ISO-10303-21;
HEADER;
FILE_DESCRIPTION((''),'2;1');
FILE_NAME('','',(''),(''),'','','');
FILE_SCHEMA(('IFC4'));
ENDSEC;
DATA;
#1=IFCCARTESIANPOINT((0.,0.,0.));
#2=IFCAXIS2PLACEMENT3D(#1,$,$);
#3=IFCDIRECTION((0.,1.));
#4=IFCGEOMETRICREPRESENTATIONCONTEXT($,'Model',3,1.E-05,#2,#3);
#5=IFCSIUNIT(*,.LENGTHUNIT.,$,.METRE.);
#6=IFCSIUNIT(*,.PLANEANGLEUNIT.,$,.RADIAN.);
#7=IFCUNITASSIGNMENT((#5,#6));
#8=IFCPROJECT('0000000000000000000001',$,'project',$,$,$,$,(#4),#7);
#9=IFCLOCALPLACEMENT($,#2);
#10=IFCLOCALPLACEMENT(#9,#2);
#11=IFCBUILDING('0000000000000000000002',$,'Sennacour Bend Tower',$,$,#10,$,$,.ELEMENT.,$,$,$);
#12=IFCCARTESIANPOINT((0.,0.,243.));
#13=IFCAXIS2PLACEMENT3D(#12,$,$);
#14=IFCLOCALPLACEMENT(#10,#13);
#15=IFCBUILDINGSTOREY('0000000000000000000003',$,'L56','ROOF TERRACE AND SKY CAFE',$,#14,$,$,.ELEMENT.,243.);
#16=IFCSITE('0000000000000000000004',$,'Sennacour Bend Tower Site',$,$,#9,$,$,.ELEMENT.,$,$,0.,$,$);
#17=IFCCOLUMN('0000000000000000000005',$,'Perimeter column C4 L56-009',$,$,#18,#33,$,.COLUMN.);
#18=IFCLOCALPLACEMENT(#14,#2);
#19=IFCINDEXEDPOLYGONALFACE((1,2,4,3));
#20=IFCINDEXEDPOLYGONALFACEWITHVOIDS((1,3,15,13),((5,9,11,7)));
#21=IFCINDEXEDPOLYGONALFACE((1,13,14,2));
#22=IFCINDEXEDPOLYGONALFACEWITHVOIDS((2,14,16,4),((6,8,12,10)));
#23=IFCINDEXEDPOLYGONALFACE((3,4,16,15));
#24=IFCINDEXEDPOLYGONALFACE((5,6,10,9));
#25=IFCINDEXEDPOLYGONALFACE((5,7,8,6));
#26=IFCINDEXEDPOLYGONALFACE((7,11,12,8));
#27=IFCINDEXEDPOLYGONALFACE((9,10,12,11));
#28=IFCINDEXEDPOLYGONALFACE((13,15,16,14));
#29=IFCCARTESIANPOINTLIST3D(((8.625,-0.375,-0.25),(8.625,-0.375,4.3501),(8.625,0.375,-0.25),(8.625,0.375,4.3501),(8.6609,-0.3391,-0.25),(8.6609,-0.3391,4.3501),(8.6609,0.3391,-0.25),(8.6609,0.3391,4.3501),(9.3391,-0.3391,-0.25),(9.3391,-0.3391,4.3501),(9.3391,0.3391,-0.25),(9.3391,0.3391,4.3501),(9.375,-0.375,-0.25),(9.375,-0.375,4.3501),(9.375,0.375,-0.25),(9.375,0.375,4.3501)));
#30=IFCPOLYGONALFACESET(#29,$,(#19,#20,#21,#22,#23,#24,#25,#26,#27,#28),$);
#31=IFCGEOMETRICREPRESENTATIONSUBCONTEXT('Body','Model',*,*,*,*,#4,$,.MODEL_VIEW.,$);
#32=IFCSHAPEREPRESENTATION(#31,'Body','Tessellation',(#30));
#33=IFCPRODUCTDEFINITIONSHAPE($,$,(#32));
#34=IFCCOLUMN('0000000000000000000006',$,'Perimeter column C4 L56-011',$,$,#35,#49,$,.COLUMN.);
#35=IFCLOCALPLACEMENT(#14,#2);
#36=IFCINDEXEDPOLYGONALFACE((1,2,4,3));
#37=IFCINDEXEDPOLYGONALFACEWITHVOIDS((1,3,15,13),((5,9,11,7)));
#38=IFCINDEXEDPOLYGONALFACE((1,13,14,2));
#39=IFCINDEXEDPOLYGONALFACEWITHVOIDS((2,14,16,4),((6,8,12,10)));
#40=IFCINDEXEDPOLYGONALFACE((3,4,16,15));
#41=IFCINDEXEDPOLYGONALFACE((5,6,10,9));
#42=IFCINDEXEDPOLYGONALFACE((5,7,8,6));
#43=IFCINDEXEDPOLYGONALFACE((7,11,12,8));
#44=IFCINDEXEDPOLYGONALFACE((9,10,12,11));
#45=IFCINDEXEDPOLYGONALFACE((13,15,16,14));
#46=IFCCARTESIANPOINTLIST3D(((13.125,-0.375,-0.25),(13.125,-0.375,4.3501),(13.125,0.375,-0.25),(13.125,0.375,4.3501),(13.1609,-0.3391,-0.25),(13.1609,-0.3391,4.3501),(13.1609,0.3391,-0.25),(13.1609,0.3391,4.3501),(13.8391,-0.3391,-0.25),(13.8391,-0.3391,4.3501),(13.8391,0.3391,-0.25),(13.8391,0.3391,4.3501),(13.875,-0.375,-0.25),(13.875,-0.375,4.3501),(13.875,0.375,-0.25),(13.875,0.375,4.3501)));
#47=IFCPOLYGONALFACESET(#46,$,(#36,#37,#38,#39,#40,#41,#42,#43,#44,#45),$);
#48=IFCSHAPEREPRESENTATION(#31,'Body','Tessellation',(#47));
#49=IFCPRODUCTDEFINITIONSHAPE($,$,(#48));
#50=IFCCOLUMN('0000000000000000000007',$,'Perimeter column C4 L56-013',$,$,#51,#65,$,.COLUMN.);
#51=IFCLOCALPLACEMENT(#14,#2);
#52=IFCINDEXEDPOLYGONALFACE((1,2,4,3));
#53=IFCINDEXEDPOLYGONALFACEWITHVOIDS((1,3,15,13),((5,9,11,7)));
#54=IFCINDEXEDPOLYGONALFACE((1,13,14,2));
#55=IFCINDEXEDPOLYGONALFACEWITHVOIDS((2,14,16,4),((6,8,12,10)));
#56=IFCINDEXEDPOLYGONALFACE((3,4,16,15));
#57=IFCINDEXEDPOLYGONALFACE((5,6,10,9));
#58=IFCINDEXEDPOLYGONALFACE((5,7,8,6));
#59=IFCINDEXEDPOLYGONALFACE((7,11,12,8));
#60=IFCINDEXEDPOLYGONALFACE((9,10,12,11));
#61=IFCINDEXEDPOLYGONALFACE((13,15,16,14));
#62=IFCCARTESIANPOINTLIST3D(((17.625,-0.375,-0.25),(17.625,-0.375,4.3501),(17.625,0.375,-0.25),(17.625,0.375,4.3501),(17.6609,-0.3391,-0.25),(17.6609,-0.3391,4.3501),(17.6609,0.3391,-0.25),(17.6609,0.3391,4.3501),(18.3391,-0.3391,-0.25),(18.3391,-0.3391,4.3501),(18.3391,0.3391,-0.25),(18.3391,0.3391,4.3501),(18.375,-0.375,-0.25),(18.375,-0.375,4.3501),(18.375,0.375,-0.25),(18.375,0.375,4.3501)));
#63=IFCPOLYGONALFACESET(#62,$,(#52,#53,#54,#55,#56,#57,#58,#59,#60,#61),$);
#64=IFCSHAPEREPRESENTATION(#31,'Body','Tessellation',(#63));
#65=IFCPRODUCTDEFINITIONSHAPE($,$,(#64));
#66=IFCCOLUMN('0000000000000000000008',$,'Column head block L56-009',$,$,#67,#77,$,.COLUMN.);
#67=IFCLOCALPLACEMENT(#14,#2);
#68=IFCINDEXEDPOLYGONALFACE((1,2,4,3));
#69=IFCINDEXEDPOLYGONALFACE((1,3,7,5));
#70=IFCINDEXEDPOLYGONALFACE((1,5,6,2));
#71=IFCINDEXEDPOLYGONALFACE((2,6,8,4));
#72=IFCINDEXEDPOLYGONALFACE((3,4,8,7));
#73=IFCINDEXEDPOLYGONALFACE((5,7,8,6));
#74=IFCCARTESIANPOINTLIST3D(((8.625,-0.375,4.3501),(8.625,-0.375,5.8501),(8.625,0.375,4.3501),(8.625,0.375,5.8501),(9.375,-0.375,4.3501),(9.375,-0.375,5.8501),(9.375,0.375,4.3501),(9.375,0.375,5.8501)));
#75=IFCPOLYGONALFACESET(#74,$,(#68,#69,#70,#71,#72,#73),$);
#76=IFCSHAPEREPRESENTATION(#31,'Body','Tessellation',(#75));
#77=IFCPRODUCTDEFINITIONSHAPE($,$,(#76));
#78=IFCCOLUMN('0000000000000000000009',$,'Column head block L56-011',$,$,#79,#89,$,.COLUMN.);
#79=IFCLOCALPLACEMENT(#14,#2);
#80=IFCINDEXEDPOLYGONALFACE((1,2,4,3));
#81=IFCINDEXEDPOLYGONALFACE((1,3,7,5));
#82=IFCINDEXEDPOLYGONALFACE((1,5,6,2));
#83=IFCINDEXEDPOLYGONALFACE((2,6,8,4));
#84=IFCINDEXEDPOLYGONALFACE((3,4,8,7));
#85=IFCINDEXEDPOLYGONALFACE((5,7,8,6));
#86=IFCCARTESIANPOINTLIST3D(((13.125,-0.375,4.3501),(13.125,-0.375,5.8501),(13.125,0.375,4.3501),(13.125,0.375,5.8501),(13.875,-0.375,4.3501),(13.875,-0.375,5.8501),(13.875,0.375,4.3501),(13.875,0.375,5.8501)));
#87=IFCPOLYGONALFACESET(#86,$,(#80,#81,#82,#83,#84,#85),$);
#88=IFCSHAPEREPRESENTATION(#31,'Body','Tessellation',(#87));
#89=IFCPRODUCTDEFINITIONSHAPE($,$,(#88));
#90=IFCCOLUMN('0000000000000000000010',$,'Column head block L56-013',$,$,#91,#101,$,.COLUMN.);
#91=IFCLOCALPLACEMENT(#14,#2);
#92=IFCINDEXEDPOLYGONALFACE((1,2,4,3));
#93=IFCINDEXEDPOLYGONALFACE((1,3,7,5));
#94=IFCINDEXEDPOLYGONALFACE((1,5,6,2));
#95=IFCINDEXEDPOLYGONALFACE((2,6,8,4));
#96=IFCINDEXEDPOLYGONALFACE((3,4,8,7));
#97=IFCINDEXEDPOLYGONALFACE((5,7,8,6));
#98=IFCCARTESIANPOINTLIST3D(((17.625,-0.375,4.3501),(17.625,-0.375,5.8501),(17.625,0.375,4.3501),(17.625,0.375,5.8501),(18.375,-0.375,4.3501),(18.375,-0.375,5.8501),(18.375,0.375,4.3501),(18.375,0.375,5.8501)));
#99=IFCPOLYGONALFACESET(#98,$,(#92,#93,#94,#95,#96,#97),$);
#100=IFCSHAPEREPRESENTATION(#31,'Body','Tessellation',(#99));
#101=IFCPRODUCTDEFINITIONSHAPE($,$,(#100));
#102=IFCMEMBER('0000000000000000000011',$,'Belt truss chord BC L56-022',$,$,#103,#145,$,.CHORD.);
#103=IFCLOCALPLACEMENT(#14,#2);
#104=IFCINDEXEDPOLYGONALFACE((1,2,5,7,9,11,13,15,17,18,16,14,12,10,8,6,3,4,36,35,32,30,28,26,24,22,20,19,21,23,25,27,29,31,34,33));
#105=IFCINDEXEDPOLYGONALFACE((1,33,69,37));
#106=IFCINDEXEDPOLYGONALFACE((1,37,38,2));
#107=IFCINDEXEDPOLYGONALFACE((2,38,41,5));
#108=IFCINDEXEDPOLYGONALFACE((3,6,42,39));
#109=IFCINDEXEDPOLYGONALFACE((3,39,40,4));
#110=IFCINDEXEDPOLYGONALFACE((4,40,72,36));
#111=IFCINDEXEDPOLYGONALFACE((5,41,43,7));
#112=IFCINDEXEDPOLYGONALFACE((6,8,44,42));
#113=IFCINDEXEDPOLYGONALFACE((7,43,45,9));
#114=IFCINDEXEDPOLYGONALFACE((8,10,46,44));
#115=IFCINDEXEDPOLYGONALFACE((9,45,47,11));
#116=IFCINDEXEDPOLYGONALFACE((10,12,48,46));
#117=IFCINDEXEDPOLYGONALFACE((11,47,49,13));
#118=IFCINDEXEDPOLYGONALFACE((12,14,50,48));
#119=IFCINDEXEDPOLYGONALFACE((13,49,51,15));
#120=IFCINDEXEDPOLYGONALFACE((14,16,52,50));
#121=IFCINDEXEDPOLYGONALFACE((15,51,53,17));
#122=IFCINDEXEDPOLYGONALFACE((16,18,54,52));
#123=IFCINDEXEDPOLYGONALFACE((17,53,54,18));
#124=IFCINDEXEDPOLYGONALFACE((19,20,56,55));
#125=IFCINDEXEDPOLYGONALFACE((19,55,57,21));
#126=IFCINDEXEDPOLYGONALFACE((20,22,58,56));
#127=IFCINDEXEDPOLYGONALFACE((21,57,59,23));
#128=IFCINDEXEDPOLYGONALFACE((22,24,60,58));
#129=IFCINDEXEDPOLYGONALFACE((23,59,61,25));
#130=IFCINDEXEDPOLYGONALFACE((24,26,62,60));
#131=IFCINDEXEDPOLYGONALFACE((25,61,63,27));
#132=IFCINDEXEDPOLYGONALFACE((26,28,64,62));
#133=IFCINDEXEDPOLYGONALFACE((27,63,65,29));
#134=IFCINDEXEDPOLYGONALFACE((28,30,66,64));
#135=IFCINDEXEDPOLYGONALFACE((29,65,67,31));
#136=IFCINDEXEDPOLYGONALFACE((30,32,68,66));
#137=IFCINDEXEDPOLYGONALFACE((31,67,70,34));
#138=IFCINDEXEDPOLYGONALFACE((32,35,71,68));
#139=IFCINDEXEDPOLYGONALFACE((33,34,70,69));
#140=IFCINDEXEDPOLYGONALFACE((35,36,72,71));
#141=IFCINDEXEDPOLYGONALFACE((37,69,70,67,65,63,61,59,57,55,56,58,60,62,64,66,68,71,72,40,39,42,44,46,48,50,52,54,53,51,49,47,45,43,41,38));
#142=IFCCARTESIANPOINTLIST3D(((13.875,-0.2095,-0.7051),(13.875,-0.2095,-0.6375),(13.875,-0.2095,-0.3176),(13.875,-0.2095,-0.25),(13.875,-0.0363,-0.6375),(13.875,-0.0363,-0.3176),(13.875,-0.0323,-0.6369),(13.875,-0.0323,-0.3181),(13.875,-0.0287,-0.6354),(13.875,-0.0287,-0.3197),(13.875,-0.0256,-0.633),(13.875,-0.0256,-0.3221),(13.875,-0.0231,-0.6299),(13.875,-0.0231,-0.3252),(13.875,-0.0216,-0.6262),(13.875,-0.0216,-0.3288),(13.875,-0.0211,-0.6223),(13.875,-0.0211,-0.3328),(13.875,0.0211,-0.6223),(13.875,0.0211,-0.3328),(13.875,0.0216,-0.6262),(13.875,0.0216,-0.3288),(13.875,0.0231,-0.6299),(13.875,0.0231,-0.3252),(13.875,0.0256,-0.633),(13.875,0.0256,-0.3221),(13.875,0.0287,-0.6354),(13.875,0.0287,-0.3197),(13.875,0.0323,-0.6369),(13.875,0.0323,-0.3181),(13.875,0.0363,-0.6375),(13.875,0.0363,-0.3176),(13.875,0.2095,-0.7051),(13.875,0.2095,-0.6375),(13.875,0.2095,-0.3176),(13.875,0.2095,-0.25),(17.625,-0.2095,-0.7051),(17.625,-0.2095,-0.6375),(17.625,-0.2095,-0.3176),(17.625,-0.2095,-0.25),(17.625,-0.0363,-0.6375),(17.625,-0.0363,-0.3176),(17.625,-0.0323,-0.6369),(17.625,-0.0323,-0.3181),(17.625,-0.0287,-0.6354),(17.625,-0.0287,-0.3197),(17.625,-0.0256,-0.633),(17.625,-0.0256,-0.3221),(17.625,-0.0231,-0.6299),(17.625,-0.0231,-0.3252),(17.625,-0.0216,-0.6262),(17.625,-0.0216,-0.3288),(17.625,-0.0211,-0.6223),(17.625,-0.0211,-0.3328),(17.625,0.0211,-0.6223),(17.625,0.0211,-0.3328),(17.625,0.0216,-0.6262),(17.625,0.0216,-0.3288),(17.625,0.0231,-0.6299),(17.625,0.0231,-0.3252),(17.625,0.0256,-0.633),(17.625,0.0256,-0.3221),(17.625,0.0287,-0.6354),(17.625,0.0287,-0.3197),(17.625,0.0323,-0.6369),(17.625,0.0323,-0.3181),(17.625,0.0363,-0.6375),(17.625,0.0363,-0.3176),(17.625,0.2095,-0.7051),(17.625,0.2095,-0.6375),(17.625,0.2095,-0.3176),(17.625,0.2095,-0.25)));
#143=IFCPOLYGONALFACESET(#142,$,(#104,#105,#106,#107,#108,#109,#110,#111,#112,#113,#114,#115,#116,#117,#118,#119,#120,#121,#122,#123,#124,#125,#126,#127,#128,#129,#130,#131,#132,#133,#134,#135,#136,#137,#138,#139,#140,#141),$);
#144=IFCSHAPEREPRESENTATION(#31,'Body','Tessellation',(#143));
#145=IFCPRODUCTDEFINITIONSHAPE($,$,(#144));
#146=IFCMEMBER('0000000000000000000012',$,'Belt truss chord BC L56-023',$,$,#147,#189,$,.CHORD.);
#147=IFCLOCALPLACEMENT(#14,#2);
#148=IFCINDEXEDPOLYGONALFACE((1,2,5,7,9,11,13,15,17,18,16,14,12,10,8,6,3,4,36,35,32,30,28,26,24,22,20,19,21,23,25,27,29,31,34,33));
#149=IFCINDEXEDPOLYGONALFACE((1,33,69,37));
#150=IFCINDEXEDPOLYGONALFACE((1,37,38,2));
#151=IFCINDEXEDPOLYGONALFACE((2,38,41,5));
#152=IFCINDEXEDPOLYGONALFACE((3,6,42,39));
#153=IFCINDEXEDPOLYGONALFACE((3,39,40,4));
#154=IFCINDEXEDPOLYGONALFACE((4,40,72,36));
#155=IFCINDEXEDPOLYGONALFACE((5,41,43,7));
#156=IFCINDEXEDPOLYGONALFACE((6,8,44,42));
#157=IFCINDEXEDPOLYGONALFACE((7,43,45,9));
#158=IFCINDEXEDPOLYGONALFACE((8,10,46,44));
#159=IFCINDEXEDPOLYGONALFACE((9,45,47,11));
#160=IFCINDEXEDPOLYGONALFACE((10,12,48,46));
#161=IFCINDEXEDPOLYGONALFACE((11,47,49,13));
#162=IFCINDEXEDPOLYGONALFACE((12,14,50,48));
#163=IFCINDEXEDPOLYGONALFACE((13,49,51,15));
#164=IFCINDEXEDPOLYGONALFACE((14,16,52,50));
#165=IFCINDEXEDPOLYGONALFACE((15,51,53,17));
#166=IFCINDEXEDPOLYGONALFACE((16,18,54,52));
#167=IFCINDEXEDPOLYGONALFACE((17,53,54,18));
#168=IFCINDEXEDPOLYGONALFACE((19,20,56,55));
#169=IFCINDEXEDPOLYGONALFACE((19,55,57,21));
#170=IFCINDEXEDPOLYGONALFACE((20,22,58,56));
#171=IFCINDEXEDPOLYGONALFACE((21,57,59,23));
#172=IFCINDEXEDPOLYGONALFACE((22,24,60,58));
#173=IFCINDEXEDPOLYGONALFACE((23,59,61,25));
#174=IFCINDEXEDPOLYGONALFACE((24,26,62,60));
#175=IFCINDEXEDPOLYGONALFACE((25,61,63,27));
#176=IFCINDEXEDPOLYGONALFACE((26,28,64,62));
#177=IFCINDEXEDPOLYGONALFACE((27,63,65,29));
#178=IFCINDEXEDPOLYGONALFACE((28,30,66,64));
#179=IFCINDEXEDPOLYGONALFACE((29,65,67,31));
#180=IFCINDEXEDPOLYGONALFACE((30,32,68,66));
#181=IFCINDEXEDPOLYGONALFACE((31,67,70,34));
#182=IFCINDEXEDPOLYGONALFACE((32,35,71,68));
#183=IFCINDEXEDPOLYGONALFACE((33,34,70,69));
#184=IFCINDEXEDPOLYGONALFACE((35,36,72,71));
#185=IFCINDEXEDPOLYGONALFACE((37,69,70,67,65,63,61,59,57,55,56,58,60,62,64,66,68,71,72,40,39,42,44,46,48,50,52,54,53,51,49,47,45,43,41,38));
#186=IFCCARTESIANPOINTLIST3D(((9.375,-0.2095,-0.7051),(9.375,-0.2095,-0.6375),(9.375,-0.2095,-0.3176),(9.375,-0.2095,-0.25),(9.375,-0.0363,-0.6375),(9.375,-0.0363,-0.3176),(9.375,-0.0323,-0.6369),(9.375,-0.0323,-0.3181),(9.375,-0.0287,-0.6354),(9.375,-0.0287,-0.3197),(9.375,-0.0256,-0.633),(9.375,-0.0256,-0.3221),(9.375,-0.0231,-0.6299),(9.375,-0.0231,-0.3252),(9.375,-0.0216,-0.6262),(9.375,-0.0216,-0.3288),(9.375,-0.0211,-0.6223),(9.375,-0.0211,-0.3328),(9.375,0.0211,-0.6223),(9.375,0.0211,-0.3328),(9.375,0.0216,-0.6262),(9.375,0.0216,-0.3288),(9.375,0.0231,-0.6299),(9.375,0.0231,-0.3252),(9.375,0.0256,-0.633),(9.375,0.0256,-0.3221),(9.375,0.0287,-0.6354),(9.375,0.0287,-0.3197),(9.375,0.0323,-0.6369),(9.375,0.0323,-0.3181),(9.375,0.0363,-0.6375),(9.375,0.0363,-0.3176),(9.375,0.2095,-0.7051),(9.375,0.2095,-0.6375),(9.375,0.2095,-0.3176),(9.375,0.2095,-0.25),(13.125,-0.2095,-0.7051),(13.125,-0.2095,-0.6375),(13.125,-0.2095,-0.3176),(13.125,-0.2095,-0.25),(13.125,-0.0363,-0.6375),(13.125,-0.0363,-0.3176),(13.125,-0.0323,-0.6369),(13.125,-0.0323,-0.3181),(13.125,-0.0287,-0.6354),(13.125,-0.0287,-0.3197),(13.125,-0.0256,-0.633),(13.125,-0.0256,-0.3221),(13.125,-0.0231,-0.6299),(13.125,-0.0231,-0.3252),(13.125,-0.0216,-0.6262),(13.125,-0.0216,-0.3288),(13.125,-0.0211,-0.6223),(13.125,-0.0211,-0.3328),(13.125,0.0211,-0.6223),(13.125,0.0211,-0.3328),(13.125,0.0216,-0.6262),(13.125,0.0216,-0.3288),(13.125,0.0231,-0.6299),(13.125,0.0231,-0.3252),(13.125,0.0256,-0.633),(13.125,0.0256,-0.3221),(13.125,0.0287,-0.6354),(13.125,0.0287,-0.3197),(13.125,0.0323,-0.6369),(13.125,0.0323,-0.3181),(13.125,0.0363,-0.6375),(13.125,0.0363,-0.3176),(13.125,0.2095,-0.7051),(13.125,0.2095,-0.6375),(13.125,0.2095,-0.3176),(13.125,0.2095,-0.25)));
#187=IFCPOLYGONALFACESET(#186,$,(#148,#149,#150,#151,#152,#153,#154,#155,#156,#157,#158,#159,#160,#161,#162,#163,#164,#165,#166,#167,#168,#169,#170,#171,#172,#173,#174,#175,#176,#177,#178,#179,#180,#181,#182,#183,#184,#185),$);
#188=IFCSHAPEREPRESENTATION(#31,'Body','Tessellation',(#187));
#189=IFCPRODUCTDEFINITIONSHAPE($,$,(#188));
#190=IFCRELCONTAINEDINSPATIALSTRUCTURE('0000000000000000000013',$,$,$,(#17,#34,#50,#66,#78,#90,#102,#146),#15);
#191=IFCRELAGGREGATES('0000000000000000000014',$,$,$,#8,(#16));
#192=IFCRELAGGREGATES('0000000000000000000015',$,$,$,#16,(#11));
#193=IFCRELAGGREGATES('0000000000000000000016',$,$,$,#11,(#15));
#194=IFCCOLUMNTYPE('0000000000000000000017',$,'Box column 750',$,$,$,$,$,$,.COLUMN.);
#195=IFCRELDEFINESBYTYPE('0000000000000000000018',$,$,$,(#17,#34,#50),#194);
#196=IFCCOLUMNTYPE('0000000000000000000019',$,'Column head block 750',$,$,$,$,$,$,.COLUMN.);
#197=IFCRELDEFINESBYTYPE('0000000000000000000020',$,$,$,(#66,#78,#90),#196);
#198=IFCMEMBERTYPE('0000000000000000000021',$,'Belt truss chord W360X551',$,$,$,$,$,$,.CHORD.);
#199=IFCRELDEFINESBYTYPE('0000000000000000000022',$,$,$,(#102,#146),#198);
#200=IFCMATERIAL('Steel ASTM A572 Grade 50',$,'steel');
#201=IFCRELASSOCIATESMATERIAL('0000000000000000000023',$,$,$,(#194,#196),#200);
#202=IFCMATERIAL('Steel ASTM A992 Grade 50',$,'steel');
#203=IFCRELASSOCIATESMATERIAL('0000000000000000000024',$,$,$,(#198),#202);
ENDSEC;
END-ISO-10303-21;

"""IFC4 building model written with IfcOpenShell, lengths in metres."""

from ifc_helpers import new_model, si_unit, direction, frame, origin, origin_2d, place, context, subcontext, project, spatial, rectangle, hollow_rectangle, i_section, extrude, material, material_profile, profile_set, type_object, element, save


model = new_model("IFC4")

# Units and contexts
model_context = context("Model", 3, precision=1e-05, world=origin(), true_north=direction((0.0, 1.0)))
body_context = subcontext(model_context, "Body", "Model", "MODEL_VIEW")
ifc_project = project(units=[si_unit("LENGTHUNIT", "METRE"), si_unit("PLANEANGLEUNIT", "RADIAN")], contexts=[model_context])

# Site, building, storey
site_placement = place(None, origin())
site = spatial("IfcSite", under=ifc_project, at=site_placement, Name="Sennacour Bend Tower Site", CompositionType="ELEMENT", RefElevation=0.0)
building_placement = place(site_placement, origin())
building = spatial("IfcBuilding", under=site, at=building_placement, Name="Sennacour Bend Tower", CompositionType="ELEMENT")
storey_placement = place(building_placement, frame((0.0, 0.0, 243.0)))
storey = spatial("IfcBuildingStorey", under=building, at=storey_placement, Name="L56", Description="ROOF TERRACE AND SKY CAFE", CompositionType="ELEMENT", Elevation=243.0)

# Columns
ifc_material_1 = material(Name="Steel ASTM A572 Grade 50", Category="steel")
ifc_material_profile_1 = material_profile(ifc_material_1, hollow_rectangle(XDim=0.75, YDim=0.75, WallThickness=0.0359, at=origin_2d()), Name="Steel ASTM A572 Grade 50", Category="steel")
ifc_profile_set_1 = profile_set([ifc_material_profile_1], Name="Steel ASTM A572 Grade 50")
column_type_1 = type_object("IfcColumnType", Name="Box column 750", PredefinedType="COLUMN", material=ifc_profile_set_1)
for number, where, z_axis, x_axis, name in (
    (1, (9.0, 0.0, -0.25), (0.0, 0.0, 1.0), (1.0, 0.0, 0.0), "Perimeter column C4 L56-009"),
    (2, (13.5, 0.0, -0.25), (0.0, 0.0, 1.0), (1.0, 0.0, 0.0), "Perimeter column C4 L56-011"),
    (3, (18.0, 0.0, -0.25), (0.0, 0.0, 1.0), (1.0, 0.0, 0.0), "Perimeter column C4 L56-013"),
):
    element("IfcColumn", number, at=place(storey_placement, frame(where, z_axis=z_axis, x_axis=x_axis)), inside=storey, type_object=column_type_1, Name=name, PredefinedType="COLUMN", context=body_context, shape_type="SweptSolid", body=[
        extrude(hollow_rectangle(XDim=0.75, YDim=0.75, WallThickness=0.0359, at=origin_2d()), origin(), (0.0, 0.0, 1.0), 4.6001),
    ])
ifc_material_profile_2 = material_profile(ifc_material_1, rectangle(XDim=0.75, YDim=0.75, at=origin_2d()), Name="Steel ASTM A572 Grade 50", Category="steel")
ifc_profile_set_2 = profile_set([ifc_material_profile_2], Name="Steel ASTM A572 Grade 50")
column_type_2 = type_object("IfcColumnType", Name="Column head block 750", PredefinedType="COLUMN", material=ifc_profile_set_2)
for number, where, z_axis, x_axis, name in (
    (4, (9.0, 0.0, 4.3501), (0.0, 0.0, 1.0), (1.0, 0.0, 0.0), "Column head block L56-009"),
    (5, (13.5, 0.0, 4.3501), (0.0, 0.0, 1.0), (1.0, 0.0, 0.0), "Column head block L56-011"),
    (6, (18.0, 0.0, 4.3501), (0.0, 0.0, 1.0), (1.0, 0.0, 0.0), "Column head block L56-013"),
):
    element("IfcColumn", number, at=place(storey_placement, frame(where, z_axis=z_axis, x_axis=x_axis)), inside=storey, type_object=column_type_2, Name=name, PredefinedType="COLUMN", context=body_context, shape_type="SweptSolid", body=[
        extrude(rectangle(XDim=0.75, YDim=0.75, at=origin_2d()), origin(), (0.0, 0.0, 1.0), 1.5),
    ])

# Members
ifc_material_2 = material(Name="Steel ASTM A992 Grade 50", Category="steel")
ifc_material_profile_3 = material_profile(ifc_material_2, i_section(OverallWidth=0.4189, OverallDepth=0.4551, WebThickness=0.0422, FlangeThickness=0.0676, FilletRadius=0.0151, at=origin_2d()), Name="Steel ASTM A992 Grade 50", Category="steel")
ifc_profile_set_3 = profile_set([ifc_material_profile_3], Name="Steel ASTM A992 Grade 50")
member_type_1 = type_object("IfcMemberType", Name="Belt truss chord W360X551", PredefinedType="CHORD", material=ifc_profile_set_3)
for number, where, z_axis, x_axis, name in (
    (7, (17.625, 0.0, -0.4775), (-1.0, 0.0, 0.0), (0.0, -1.0, 0.0), "Belt truss chord BC L56-022"),
    (8, (13.125, 0.0, -0.4775), (-1.0, 0.0, 0.0), (0.0, -1.0, 0.0), "Belt truss chord BC L56-023"),
):
    element("IfcMember", number, at=place(storey_placement, frame(where, z_axis=z_axis, x_axis=x_axis)), inside=storey, type_object=member_type_1, Name=name, PredefinedType="CHORD", context=body_context, shape_type="SweptSolid", body=[
        extrude(i_section(OverallWidth=0.4189, OverallDepth=0.4551, WebThickness=0.0422, FlangeThickness=0.0676, FilletRadius=0.0151, at=origin_2d()), origin(), (0.0, 0.0, 1.0), 3.75),
    ])

save(model, "model.ifc")
